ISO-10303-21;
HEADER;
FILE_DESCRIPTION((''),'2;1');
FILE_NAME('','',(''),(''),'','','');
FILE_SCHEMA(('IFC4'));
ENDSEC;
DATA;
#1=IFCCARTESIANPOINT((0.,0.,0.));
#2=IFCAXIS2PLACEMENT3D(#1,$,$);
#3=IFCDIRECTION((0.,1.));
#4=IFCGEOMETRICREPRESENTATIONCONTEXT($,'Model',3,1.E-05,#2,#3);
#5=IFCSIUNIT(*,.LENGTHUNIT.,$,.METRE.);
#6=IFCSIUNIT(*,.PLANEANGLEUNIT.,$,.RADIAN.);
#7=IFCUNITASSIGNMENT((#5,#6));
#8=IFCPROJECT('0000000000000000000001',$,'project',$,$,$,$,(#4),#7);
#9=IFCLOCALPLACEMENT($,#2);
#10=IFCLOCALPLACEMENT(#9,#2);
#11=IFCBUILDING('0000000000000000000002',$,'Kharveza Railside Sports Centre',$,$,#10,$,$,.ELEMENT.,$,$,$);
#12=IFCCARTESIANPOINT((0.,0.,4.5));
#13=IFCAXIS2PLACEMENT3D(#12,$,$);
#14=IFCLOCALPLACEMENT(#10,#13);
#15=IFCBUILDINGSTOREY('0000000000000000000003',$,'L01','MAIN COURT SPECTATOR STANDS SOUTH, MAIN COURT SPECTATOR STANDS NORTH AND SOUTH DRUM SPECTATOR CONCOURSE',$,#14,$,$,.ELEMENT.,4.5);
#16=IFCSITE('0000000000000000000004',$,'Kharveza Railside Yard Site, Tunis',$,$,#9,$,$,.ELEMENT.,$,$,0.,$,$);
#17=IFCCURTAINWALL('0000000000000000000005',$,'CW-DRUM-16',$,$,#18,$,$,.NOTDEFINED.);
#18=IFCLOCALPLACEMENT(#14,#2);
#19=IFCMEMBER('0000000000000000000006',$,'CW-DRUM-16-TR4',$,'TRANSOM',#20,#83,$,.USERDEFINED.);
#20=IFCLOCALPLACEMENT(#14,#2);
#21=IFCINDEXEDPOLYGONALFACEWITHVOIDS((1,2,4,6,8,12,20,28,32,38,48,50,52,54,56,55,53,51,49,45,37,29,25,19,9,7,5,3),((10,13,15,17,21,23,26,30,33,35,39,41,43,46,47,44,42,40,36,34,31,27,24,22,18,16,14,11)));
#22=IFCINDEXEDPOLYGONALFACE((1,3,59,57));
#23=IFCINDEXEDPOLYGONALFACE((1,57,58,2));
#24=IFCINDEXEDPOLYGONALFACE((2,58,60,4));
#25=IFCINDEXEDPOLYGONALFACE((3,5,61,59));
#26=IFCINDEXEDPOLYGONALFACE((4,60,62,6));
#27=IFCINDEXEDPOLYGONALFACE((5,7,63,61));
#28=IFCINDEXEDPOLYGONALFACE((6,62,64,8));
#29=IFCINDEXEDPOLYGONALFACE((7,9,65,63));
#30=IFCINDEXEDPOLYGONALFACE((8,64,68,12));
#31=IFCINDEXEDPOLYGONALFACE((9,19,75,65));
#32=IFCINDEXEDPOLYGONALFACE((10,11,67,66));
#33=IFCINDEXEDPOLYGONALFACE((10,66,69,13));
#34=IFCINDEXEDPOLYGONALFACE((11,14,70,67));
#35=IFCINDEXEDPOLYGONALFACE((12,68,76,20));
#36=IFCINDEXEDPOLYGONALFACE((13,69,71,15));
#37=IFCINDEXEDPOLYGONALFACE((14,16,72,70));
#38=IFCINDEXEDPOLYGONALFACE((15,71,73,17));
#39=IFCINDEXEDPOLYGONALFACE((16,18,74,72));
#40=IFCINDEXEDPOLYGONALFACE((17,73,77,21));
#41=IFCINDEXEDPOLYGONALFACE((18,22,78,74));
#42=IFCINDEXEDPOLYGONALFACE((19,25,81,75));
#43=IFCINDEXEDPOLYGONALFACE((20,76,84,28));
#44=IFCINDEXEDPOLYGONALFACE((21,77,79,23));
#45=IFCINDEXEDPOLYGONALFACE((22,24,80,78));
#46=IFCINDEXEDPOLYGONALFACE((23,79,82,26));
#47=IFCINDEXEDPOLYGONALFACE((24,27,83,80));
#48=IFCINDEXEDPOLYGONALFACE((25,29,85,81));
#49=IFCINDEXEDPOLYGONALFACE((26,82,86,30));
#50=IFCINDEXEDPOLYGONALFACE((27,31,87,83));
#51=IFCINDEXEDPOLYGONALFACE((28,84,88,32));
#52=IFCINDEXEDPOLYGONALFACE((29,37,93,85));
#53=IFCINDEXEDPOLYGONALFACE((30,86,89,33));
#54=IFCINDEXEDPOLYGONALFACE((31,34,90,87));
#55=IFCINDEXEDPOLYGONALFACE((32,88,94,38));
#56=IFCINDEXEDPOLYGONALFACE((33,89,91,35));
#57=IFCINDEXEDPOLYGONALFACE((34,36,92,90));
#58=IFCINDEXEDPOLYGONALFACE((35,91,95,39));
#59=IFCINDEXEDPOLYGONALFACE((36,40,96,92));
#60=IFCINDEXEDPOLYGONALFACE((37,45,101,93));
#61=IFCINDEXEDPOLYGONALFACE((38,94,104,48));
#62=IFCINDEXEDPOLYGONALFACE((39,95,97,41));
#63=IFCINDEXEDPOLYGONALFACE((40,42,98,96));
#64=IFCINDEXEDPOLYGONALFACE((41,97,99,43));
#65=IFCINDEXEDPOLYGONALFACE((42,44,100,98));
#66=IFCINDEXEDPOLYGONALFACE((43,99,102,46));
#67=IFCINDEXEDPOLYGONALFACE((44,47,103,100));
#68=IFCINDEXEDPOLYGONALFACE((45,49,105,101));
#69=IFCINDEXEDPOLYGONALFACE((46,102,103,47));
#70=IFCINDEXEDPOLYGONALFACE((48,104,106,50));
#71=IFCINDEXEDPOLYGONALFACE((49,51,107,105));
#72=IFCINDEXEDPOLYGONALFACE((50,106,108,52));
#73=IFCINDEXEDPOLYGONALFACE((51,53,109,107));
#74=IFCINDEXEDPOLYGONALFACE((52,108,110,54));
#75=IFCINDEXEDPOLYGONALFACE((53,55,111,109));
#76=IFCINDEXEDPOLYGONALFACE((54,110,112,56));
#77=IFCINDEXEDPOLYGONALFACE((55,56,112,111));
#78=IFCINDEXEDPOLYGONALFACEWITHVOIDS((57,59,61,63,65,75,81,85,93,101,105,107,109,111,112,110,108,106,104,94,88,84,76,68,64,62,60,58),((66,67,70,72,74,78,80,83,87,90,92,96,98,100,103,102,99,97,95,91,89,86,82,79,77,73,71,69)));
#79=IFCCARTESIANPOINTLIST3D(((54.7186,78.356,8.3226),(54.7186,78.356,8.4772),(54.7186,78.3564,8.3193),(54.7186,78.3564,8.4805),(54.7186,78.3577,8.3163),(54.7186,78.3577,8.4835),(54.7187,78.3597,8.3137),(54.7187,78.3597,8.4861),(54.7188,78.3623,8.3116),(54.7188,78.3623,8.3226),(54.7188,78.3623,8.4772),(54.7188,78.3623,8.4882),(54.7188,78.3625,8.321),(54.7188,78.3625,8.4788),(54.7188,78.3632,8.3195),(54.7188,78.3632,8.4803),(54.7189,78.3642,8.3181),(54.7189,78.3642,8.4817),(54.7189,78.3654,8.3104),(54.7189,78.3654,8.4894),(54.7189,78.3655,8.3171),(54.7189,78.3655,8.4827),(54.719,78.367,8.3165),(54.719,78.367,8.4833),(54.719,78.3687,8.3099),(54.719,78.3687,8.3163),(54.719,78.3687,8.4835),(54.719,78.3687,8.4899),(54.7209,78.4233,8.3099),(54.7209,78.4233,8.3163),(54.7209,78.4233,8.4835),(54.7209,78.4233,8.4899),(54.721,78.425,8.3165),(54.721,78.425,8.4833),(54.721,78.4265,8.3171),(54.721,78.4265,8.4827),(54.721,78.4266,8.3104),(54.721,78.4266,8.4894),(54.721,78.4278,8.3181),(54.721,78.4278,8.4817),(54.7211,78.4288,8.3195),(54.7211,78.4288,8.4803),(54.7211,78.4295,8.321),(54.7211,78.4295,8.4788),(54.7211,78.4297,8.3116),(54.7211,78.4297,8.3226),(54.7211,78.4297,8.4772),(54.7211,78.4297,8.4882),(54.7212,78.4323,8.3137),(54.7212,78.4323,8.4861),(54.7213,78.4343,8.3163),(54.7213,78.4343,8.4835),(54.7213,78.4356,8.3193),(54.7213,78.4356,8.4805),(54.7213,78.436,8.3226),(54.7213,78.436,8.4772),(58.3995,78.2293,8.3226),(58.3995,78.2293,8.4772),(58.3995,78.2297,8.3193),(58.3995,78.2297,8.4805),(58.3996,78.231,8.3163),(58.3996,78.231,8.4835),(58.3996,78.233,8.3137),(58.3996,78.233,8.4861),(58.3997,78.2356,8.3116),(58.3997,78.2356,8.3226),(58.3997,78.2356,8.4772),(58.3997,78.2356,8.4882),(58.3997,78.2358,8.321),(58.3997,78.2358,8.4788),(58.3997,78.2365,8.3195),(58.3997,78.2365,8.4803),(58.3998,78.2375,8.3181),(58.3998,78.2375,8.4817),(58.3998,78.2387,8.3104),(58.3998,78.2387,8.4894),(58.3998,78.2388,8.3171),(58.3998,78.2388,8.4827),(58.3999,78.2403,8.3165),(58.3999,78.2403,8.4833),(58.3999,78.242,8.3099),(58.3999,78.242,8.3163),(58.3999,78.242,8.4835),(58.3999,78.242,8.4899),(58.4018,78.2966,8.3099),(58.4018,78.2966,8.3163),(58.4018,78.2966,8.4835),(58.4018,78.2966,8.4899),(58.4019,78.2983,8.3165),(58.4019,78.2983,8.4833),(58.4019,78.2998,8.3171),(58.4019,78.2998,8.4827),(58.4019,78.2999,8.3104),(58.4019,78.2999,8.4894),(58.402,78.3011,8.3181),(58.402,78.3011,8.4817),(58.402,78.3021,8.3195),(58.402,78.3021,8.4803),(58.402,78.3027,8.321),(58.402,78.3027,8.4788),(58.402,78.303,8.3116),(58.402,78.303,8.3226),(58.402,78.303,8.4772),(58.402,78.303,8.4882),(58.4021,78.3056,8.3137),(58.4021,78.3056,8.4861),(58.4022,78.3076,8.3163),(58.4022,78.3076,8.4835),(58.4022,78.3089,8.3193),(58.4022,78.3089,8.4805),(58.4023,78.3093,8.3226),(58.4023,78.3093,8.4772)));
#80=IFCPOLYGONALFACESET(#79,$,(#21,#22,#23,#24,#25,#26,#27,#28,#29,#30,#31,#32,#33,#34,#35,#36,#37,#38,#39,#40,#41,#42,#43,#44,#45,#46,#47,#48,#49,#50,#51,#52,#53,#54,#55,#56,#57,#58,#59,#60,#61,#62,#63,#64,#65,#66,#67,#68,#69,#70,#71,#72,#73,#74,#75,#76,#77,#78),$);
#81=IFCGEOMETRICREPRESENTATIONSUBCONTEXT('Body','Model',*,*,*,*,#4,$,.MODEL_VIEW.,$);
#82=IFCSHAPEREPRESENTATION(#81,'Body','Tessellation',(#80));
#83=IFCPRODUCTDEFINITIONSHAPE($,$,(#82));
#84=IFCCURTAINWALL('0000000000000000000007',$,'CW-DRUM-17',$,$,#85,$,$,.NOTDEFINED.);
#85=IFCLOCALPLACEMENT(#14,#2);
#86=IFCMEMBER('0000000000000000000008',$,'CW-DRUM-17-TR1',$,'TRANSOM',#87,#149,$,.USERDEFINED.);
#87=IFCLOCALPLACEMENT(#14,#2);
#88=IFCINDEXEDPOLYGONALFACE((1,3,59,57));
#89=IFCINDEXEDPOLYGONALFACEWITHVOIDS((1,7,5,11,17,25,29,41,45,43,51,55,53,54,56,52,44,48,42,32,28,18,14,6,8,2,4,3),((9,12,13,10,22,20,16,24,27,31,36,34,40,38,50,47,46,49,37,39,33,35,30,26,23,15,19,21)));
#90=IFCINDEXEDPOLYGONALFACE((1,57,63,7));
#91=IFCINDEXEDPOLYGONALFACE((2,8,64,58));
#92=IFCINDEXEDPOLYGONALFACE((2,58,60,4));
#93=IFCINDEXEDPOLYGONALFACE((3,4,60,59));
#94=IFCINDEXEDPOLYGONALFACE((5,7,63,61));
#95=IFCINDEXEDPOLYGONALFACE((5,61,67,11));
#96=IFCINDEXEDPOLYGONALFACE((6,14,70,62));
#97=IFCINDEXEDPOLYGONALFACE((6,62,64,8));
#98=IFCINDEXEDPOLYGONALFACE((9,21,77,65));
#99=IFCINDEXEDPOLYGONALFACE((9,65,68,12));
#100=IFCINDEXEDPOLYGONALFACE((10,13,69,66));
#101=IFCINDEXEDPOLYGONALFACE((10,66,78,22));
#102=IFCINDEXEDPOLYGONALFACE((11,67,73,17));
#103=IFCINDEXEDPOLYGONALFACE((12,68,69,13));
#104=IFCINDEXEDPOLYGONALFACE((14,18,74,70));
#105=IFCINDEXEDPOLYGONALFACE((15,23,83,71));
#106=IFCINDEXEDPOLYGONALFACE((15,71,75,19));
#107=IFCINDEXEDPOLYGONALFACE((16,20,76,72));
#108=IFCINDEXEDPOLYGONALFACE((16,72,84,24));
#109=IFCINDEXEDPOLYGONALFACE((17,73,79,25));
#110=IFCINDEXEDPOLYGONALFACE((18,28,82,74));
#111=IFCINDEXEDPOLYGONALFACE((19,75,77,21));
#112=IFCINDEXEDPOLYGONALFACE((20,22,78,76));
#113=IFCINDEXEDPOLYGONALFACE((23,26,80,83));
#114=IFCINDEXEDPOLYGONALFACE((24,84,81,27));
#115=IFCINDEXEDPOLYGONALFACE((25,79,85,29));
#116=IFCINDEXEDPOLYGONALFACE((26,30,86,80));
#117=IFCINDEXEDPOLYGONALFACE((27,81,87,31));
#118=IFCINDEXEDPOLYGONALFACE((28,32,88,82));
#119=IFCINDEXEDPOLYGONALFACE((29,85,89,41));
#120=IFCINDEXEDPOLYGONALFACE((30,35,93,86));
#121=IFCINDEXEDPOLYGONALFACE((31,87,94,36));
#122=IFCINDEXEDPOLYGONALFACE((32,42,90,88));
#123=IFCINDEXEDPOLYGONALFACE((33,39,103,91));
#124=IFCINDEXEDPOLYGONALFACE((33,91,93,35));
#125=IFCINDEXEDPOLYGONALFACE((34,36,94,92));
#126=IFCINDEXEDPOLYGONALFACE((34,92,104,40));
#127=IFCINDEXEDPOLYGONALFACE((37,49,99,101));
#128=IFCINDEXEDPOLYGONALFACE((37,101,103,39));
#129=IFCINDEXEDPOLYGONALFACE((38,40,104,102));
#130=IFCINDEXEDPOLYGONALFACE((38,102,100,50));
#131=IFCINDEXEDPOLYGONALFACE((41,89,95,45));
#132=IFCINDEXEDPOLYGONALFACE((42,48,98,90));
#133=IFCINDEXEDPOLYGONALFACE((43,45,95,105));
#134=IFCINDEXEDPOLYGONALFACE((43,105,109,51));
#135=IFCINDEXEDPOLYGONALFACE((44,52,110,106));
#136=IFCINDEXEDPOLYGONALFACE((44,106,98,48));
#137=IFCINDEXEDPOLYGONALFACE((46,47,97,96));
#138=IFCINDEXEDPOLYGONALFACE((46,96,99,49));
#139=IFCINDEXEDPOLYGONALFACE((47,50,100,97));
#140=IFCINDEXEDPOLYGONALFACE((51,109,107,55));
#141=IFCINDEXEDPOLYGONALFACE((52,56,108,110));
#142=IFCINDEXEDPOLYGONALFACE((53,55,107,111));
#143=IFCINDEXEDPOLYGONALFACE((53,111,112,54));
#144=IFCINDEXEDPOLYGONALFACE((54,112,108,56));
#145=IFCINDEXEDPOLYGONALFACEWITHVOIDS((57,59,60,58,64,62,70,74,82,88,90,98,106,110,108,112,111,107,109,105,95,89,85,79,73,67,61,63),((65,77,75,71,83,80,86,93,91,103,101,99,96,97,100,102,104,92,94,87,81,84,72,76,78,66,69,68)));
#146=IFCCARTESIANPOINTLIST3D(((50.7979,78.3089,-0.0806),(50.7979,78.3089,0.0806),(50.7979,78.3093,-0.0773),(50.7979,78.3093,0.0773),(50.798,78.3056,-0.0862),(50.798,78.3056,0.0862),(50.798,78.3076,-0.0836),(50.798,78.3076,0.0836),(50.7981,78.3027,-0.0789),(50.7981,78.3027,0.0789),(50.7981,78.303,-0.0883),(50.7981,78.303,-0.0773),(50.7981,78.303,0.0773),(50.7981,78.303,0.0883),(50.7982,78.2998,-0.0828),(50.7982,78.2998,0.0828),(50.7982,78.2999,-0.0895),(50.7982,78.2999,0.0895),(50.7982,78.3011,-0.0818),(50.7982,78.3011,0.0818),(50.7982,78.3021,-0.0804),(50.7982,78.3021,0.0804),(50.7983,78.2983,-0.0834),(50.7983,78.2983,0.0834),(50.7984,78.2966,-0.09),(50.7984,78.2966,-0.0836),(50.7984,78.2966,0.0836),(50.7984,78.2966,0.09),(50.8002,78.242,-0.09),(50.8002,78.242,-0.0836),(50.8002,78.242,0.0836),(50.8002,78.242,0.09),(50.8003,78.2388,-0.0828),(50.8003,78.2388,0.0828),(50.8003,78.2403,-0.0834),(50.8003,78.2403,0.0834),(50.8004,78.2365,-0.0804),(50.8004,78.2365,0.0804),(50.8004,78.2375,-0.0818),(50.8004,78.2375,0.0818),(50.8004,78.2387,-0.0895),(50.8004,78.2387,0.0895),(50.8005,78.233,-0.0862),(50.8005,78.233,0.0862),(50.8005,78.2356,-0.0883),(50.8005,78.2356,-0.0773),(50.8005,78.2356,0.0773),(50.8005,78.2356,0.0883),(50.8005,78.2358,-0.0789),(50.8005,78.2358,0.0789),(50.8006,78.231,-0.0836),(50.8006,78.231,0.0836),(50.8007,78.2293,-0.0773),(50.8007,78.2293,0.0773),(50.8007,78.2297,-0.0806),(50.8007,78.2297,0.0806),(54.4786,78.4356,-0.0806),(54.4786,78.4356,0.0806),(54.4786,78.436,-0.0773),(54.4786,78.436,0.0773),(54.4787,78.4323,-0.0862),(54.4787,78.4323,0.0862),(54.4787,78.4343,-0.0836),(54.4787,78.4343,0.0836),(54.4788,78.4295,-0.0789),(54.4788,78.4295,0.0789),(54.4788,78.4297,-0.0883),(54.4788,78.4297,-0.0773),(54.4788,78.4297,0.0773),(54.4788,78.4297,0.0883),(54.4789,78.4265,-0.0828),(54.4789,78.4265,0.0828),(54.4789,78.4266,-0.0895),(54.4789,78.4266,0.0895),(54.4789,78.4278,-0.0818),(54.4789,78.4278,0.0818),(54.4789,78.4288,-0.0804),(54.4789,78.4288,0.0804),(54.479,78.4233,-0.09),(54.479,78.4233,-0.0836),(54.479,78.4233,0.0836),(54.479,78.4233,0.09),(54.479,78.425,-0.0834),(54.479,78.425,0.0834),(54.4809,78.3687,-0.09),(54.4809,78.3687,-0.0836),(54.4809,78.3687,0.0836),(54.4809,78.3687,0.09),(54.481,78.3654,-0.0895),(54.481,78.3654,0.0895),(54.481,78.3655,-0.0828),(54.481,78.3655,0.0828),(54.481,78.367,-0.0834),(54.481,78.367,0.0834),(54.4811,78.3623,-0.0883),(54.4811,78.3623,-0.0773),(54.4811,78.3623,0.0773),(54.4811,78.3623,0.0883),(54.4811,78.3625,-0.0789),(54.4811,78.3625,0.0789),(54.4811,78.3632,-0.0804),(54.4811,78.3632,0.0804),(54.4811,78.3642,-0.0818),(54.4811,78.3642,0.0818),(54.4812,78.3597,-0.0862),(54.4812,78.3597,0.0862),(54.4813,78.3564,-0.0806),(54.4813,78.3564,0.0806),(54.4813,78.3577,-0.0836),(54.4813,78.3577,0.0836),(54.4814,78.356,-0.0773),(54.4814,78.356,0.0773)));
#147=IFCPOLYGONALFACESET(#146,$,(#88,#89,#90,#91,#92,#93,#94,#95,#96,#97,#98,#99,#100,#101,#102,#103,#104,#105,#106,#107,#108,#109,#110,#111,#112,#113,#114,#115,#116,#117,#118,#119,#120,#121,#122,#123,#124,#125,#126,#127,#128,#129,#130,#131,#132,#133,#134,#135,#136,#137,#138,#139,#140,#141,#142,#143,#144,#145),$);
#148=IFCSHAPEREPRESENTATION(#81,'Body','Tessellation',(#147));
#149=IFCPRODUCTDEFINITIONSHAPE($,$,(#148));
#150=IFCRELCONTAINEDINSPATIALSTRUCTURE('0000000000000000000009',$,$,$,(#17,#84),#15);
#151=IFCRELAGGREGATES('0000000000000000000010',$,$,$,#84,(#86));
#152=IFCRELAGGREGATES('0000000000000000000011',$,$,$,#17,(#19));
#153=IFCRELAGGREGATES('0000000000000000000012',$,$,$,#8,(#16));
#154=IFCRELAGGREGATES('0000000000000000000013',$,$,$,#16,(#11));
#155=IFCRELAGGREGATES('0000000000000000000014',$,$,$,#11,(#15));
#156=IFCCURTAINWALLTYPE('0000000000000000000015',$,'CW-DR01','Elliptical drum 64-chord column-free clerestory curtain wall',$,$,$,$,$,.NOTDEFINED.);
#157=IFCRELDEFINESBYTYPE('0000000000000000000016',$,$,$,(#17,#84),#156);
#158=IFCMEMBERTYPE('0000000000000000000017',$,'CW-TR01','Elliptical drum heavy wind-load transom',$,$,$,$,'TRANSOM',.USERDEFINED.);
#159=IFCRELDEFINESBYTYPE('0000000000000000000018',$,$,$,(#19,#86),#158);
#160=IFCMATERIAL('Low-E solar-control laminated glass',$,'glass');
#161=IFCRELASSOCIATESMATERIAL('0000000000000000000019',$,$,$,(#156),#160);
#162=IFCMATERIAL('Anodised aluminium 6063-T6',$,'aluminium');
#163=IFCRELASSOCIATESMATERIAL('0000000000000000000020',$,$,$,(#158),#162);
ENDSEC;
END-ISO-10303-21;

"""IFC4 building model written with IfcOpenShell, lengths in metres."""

from ifc_helpers import new_model, si_unit, direction, frame, origin, origin_2d, place, context, subcontext, project, spatial, hollow_rectangle, extrude, material, material_profile, profile_set, type_object, element, aggregate, save


model = new_model("IFC4")

# Units and contexts
model_context = context("Model", 3, precision=1e-05, world=origin(), true_north=direction((0.0, 1.0)))
body_context = subcontext(model_context, "Body", "Model", "MODEL_VIEW")
ifc_project = project(units=[si_unit("LENGTHUNIT", "METRE"), si_unit("PLANEANGLEUNIT", "RADIAN")], contexts=[model_context])

# Site, building, storey
site_placement = place(None, origin())
site = spatial("IfcSite", under=ifc_project, at=site_placement, Name="Kharveza Railside Yard Site, Tunis", CompositionType="ELEMENT", RefElevation=0.0)
building_placement = place(site_placement, origin())
building = spatial("IfcBuilding", under=site, at=building_placement, Name="Kharveza Railside Sports Centre", CompositionType="ELEMENT")
storey_placement = place(building_placement, frame((0.0, 0.0, 4.5)))
storey = spatial("IfcBuildingStorey", under=building, at=storey_placement, Name="L01", Description="MAIN COURT SPECTATOR STANDS SOUTH, MAIN COURT SPECTATOR STANDS NORTH AND SOUTH DRUM SPECTATOR CONCOURSE", CompositionType="ELEMENT", Elevation=4.5)

# Curtain walls, members
ifc_material_1 = material(Name="Low-E solar-control laminated glass", Category="glass")
curtain_wall_type = type_object("IfcCurtainWallType", Name="CW-DR01", Description="Elliptical drum 64-chord column-free clerestory curtain wall", PredefinedType="NOTDEFINED", material=ifc_material_1)
ifc_material_2 = material(Name="Anodised aluminium 6063-T6", Category="aluminium")
curtain_wall_1_placement = place(storey_placement, origin())
curtain_wall_1 = element("IfcCurtainWall", 1, at=curtain_wall_1_placement, inside=storey, type_object=curtain_wall_type, Name="CW-DRUM-16", PredefinedType="NOTDEFINED")
ifc_material_profile_1 = material_profile(ifc_material_2, hollow_rectangle(XDim=0.0801, YDim=0.1799, WallThickness=0.0063, InnerFilletRadius=0.0063, OuterFilletRadius=0.0127, at=origin_2d()), Name="RHS 80x180x6.3")
ifc_profile_set_1 = profile_set([ifc_material_profile_1], Name="Anodised aluminium 6063-T6")
member_type_1 = type_object("IfcMemberType", Name="CW-TR01", Description="Elliptical drum heavy wind-load transom", ElementType="TRANSOM", PredefinedType="USERDEFINED", material=ifc_profile_set_1)
member_1_placement = place(storey_placement, frame((58.4009, 78.2693, 8.3999), z_axis=(-0.999408, 0.034403, 0.0), x_axis=(-0.034403, -0.999408, 0.0)))
member_1 = element("IfcMember", 2, at=member_1_placement, type_object=member_type_1, Name="CW-DRUM-16-TR4", ObjectType="TRANSOM", PredefinedType="USERDEFINED", context=body_context, shape_type="SweptSolid", body=[
    extrude(hollow_rectangle(XDim=0.0801, YDim=0.1799, WallThickness=0.0063, InnerFilletRadius=0.0063, OuterFilletRadius=0.0127, at=origin_2d()), origin(), (0.0, 0.0, 1.0), 3.6831),
])
curtain_wall_2_placement = place(storey_placement, origin())
curtain_wall_2 = element("IfcCurtainWall", 3, at=curtain_wall_2_placement, inside=storey, type_object=curtain_wall_type, Name="CW-DRUM-17", PredefinedType="NOTDEFINED")
member_2_placement = place(storey_placement, frame((54.48, 78.396, 0.0), z_axis=(-0.999408, -0.034405, 0.0), x_axis=(0.034405, -0.999408, 0.0)))
member_2 = element("IfcMember", 4, at=member_2_placement, type_object=member_type_1, Name="CW-DRUM-17-TR1", ObjectType="TRANSOM", PredefinedType="USERDEFINED", context=body_context, shape_type="SweptSolid", body=[
    extrude(hollow_rectangle(XDim=0.0801, YDim=0.1799, WallThickness=0.0063, InnerFilletRadius=0.0063, OuterFilletRadius=0.0127, at=origin_2d()), origin(), (0.0, 0.0, 1.0), 3.6829),
])
aggregate(curtain_wall_2, [member_2])

aggregate(curtain_wall_1, [member_1])

save(model, "model.ifc")
